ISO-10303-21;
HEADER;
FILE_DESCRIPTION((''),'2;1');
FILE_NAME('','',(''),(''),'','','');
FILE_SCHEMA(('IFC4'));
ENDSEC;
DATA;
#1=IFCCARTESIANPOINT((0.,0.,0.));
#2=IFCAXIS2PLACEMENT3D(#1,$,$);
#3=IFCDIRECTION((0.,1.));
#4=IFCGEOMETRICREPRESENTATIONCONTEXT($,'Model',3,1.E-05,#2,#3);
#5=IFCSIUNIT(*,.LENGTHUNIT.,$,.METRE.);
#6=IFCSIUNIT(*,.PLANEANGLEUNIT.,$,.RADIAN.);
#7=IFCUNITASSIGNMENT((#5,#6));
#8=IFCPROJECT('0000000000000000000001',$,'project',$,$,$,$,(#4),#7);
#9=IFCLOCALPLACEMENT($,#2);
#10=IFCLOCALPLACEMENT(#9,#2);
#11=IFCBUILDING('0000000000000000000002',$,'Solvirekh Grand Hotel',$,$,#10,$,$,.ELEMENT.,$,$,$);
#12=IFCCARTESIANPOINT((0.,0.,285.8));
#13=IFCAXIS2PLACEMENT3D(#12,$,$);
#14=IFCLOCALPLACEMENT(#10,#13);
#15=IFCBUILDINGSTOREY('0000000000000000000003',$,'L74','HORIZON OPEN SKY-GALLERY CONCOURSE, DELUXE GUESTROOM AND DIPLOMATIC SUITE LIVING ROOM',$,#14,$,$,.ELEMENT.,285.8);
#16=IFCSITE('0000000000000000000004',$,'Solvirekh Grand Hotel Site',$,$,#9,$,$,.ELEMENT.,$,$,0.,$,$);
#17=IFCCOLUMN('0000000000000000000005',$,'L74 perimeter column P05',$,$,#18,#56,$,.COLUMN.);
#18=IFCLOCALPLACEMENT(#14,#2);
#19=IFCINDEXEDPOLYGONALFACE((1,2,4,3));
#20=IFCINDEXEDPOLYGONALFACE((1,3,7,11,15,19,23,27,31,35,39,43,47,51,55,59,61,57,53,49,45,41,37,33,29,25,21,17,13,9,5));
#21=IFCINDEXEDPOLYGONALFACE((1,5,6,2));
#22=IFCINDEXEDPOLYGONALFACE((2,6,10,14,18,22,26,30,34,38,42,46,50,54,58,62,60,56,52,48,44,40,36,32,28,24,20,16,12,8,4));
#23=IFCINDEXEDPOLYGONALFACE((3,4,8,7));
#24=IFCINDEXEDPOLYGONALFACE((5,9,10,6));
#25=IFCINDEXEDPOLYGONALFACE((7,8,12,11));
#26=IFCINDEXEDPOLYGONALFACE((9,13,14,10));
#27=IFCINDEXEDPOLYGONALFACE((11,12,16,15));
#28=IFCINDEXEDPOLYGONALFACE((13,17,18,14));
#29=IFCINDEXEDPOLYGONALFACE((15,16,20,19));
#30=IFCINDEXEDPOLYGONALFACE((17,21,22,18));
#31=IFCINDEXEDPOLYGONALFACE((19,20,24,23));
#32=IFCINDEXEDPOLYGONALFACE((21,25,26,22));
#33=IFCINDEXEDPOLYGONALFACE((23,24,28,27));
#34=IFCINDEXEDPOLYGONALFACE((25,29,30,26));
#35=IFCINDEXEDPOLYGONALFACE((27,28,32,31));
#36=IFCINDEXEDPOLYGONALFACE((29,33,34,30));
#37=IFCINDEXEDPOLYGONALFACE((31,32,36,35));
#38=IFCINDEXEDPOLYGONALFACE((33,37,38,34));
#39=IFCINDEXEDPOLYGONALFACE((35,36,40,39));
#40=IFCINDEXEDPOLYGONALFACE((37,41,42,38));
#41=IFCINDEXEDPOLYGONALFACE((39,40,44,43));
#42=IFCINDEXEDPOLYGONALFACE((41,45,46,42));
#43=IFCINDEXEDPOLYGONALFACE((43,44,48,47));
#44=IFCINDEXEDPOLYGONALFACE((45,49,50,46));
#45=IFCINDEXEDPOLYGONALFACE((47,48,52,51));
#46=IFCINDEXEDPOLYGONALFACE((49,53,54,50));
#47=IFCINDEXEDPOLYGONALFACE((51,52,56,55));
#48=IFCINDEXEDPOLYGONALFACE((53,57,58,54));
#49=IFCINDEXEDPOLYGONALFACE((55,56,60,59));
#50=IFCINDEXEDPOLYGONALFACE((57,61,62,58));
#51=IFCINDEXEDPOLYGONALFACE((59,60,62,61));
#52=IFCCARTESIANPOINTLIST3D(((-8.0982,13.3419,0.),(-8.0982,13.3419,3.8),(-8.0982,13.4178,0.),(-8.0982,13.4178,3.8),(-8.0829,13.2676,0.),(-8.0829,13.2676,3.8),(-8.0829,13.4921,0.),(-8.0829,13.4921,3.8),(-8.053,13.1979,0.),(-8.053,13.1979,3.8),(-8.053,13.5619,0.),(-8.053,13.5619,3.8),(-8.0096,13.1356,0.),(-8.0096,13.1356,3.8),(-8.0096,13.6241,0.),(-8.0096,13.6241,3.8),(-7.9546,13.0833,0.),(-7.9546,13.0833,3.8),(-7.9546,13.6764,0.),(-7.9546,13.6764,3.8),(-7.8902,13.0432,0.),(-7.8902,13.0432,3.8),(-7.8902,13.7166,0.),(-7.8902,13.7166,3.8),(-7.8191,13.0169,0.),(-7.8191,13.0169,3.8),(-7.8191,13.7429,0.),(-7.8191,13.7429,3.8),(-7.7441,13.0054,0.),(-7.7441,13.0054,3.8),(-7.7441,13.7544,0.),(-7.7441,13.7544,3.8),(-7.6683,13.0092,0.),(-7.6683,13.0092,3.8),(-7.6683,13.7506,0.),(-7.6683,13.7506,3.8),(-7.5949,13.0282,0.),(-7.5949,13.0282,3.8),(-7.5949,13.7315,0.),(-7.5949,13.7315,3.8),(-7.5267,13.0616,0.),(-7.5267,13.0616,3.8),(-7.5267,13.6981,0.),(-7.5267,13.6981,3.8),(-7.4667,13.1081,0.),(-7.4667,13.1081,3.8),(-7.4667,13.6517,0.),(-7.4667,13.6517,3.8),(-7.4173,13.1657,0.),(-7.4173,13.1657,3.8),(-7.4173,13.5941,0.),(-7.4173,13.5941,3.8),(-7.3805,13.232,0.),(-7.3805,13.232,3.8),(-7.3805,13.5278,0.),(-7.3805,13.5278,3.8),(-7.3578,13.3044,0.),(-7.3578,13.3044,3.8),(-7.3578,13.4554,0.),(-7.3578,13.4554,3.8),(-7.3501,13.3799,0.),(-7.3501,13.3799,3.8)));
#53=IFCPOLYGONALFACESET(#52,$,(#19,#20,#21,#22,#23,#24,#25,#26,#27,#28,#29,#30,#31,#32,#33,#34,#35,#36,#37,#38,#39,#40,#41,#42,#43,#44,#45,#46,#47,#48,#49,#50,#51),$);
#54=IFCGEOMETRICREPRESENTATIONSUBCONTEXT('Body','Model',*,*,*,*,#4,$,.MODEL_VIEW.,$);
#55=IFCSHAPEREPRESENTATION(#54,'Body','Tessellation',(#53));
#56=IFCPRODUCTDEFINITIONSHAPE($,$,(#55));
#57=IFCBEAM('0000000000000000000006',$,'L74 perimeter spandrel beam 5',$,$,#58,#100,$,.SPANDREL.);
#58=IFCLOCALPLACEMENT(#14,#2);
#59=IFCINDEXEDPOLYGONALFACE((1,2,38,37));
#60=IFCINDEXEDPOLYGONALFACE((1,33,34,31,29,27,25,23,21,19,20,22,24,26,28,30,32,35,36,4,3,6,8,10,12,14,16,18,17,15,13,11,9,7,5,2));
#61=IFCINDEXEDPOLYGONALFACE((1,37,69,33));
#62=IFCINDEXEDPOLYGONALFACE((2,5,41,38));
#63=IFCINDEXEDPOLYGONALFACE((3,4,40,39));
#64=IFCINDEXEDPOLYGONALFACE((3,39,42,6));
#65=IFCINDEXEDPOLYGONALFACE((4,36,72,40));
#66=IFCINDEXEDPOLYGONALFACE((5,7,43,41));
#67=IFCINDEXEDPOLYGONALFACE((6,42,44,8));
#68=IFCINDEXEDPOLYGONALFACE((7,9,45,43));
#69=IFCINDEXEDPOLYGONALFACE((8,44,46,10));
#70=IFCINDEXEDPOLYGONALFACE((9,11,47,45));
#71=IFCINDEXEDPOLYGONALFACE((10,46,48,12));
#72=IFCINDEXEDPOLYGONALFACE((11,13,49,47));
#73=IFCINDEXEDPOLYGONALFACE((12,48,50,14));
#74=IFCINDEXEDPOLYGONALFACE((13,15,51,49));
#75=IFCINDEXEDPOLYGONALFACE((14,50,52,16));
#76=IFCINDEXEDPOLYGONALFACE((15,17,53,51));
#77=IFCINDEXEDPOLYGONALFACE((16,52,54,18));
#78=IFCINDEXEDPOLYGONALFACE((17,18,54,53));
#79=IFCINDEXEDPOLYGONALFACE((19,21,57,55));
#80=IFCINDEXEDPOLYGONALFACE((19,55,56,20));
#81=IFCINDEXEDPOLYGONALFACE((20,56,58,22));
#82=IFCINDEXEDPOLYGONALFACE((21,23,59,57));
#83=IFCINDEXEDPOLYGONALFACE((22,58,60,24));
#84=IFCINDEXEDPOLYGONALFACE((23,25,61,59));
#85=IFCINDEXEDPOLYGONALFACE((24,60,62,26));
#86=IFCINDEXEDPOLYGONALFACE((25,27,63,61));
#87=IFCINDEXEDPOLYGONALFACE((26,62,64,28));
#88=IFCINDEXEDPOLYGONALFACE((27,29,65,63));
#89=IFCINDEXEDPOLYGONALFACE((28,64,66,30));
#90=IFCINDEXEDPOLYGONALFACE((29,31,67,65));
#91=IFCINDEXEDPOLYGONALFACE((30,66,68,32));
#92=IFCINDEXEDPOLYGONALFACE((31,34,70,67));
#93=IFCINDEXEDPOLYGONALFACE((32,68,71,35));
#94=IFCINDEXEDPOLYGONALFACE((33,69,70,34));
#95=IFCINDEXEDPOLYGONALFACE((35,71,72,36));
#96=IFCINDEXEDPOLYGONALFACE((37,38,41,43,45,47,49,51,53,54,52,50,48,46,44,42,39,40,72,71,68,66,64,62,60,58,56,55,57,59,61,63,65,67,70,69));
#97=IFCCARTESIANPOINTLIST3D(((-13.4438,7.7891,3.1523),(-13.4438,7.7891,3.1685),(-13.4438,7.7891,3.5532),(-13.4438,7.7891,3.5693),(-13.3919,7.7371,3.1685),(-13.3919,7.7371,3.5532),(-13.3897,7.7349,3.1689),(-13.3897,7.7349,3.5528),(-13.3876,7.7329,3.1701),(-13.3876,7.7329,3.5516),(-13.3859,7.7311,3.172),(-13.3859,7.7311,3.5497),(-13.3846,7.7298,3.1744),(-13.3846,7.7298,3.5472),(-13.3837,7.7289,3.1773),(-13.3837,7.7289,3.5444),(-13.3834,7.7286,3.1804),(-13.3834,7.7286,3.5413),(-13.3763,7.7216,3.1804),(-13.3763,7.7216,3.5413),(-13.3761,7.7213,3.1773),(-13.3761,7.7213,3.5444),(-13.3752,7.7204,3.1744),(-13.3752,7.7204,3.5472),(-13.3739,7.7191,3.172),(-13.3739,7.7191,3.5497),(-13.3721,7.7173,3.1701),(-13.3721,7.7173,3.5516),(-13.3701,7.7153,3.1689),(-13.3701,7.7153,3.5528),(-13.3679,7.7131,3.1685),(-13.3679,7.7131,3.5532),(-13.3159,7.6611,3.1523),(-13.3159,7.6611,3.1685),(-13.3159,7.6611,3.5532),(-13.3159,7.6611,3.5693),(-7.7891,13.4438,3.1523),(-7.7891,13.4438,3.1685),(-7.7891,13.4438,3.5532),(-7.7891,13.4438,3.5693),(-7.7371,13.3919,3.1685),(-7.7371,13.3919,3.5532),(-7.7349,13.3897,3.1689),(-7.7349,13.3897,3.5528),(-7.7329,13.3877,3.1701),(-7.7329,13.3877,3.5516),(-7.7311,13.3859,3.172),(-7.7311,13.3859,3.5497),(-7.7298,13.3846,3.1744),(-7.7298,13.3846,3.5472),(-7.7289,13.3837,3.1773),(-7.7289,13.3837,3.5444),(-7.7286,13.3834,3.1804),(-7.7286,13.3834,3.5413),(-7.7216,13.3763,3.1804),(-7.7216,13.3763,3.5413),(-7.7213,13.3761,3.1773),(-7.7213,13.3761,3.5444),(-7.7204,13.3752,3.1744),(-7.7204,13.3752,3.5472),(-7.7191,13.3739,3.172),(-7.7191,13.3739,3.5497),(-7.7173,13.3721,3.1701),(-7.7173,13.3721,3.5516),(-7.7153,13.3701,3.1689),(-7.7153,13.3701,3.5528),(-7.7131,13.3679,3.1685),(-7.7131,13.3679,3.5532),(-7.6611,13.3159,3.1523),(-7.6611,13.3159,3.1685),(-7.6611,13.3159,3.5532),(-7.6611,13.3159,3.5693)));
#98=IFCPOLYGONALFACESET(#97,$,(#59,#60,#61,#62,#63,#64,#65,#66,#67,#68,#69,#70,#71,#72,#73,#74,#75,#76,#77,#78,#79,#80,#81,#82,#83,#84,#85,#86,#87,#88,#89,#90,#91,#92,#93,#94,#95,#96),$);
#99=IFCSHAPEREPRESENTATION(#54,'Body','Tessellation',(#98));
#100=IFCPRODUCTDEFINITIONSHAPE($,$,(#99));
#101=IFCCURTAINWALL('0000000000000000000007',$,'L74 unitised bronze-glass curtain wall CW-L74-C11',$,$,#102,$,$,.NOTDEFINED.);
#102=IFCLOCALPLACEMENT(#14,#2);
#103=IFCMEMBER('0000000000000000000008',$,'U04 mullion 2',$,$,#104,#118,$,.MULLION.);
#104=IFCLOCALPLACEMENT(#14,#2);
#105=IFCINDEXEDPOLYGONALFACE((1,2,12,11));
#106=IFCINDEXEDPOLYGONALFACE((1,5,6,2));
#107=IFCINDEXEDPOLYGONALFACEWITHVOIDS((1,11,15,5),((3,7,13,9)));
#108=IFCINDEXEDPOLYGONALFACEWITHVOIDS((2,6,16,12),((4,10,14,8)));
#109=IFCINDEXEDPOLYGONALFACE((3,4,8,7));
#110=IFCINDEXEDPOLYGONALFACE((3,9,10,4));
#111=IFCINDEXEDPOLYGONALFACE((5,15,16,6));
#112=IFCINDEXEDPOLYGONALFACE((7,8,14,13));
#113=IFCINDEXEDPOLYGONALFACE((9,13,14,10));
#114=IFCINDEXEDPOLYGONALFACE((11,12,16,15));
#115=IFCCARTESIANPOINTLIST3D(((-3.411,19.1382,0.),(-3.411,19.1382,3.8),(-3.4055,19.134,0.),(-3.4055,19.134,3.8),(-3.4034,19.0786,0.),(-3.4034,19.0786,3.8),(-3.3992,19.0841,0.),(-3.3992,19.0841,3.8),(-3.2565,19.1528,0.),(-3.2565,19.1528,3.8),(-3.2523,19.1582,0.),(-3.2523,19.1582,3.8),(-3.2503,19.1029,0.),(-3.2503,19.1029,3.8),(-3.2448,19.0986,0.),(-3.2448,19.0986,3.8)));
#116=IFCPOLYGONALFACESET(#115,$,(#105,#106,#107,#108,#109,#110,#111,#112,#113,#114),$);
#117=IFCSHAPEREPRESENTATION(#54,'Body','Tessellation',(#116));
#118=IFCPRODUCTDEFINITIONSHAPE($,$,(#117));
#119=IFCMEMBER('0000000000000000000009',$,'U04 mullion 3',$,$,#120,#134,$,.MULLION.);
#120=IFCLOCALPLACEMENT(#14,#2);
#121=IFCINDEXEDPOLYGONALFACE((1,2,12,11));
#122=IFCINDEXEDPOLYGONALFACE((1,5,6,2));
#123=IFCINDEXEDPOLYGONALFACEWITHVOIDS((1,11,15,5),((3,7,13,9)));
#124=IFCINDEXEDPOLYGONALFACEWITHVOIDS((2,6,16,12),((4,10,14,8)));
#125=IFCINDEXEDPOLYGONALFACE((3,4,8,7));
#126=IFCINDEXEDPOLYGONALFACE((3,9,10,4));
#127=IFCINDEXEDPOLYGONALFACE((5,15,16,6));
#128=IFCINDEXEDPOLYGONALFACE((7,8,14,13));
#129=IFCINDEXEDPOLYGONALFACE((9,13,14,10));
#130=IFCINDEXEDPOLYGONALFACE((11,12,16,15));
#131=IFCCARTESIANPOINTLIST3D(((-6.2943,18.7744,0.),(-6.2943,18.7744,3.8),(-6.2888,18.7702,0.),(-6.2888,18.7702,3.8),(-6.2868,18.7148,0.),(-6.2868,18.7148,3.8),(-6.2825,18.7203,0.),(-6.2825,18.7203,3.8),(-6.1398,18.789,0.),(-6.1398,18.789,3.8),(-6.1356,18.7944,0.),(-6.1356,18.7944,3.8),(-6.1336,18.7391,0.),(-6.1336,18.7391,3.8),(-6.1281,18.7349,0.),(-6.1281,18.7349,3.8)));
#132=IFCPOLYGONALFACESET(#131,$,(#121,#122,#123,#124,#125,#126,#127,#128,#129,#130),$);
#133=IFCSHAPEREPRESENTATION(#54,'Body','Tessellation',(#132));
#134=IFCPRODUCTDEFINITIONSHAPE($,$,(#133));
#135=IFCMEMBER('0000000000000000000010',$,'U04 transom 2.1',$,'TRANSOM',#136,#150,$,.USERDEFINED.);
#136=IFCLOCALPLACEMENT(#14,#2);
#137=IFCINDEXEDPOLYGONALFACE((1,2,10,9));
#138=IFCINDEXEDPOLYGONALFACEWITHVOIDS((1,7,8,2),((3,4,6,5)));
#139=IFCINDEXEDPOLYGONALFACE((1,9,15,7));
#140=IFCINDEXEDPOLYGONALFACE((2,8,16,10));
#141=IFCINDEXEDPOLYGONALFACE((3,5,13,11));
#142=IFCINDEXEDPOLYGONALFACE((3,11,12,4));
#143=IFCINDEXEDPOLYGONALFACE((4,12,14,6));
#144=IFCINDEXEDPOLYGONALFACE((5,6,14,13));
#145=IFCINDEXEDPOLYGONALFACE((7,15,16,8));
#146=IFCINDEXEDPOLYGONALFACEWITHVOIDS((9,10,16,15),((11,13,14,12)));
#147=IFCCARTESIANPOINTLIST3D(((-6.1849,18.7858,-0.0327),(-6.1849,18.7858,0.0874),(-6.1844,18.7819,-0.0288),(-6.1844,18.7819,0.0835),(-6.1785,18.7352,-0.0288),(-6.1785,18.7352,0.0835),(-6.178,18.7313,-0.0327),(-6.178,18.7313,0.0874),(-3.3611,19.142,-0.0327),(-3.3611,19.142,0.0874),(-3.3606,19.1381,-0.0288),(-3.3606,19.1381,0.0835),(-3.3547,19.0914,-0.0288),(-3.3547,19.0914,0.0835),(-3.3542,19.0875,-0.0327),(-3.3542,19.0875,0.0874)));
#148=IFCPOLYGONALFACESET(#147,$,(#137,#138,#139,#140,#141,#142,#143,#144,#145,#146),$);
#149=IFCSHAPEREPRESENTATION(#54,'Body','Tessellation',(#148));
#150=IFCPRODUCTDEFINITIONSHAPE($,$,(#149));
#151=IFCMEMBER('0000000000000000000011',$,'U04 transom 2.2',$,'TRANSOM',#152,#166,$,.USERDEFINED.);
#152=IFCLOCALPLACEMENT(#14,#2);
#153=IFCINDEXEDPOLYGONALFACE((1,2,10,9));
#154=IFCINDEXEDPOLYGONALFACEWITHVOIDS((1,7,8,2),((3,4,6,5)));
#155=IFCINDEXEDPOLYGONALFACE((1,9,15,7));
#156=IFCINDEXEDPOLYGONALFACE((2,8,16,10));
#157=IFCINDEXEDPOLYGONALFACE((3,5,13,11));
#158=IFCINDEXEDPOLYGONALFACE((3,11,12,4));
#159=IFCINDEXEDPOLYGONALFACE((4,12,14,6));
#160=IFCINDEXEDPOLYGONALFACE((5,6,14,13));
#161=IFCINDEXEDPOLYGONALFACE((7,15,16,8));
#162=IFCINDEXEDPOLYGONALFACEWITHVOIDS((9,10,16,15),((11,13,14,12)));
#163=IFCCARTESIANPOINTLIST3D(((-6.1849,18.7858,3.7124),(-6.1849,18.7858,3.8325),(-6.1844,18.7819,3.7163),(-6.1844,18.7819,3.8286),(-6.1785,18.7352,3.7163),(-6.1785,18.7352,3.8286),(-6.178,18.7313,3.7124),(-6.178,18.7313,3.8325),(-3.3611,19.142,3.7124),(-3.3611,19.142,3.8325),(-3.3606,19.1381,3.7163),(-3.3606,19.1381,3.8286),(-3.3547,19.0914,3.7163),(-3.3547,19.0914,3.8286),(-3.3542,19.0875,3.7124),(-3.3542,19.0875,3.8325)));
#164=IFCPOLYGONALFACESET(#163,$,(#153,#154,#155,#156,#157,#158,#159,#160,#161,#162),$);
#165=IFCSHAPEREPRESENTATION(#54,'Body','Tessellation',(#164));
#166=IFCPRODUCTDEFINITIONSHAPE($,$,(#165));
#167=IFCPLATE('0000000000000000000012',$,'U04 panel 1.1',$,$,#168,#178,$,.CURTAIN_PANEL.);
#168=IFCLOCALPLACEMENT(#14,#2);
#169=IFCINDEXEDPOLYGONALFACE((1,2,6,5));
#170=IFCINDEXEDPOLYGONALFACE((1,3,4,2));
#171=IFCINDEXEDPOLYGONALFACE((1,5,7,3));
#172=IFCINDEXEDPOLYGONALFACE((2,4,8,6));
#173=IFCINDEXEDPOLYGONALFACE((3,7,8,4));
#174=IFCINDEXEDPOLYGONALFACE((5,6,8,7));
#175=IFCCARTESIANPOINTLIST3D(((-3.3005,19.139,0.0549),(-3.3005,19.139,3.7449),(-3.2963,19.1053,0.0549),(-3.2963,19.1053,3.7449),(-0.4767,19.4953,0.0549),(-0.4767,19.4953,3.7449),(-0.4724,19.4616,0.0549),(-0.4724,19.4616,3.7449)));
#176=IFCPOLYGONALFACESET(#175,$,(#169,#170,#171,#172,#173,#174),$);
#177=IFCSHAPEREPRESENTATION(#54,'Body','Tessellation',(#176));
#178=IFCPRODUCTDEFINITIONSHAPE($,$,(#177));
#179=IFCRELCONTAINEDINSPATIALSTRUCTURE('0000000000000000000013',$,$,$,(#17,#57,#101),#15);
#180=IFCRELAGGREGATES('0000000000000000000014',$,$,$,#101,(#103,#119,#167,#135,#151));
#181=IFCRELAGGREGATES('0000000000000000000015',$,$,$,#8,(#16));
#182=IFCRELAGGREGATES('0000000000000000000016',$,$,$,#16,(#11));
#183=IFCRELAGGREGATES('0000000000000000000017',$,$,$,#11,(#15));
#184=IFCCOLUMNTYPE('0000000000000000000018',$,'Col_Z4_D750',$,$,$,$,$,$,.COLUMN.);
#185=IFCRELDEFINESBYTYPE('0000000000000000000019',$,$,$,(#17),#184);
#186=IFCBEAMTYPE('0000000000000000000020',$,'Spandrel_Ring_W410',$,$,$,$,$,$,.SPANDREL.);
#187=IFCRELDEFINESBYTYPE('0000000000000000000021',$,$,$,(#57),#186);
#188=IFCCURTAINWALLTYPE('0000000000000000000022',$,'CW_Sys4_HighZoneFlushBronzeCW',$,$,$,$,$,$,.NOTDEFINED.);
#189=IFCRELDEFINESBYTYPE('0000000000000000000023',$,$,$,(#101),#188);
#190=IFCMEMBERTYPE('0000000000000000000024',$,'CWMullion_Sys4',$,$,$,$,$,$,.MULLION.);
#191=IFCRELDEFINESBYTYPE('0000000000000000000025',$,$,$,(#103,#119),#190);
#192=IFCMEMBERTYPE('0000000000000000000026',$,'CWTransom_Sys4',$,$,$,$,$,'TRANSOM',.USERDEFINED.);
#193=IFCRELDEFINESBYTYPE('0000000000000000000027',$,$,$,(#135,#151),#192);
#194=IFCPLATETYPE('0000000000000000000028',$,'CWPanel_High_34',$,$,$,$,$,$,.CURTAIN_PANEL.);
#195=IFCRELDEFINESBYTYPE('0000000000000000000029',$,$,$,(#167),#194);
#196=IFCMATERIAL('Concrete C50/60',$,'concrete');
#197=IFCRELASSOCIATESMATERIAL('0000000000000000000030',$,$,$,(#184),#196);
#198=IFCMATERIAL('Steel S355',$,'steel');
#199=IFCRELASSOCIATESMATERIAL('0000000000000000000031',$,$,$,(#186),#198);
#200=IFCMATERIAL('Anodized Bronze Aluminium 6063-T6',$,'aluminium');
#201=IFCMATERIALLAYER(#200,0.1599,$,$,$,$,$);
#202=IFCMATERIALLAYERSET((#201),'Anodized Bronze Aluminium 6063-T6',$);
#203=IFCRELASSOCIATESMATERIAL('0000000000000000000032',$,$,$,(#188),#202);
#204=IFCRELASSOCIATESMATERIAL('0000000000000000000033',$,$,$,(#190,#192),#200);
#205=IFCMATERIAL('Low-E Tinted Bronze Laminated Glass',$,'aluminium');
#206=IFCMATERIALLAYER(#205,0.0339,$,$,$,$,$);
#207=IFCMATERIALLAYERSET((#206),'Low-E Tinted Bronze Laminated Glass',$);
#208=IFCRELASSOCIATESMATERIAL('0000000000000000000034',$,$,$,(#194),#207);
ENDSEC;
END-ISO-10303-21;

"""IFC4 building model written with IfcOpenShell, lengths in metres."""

from ifc_helpers import new_model, si_unit, direction, frame, origin, origin_2d, place, context, subcontext, project, spatial, rectangle, hollow_rectangle, circle, i_section, extrude, source, transform, mapped, material, layer, layer_set, material_profile, profile_set, type_object, element, aggregate, save


model = new_model("IFC4")

# Units and contexts
model_context = context("Model", 3, precision=1e-05, world=origin(), true_north=direction((0.0, 1.0)))
body_context = subcontext(model_context, "Body", "Model", "MODEL_VIEW")
ifc_project = project(units=[si_unit("LENGTHUNIT", "METRE"), si_unit("PLANEANGLEUNIT", "RADIAN")], contexts=[model_context])

# Site, building, storey
site_placement = place(None, origin())
site = spatial("IfcSite", under=ifc_project, at=site_placement, Name="Solvirekh Grand Hotel Site", CompositionType="ELEMENT", RefElevation=0.0)
building_placement = place(site_placement, origin())
building = spatial("IfcBuilding", under=site, at=building_placement, Name="Solvirekh Grand Hotel", CompositionType="ELEMENT")
storey_placement = place(building_placement, frame((0.0, 0.0, 285.8)))
storey = spatial("IfcBuildingStorey", under=building, at=storey_placement, Name="L74", Description="HORIZON OPEN SKY-GALLERY CONCOURSE, DELUXE GUESTROOM AND DIPLOMATIC SUITE LIVING ROOM", CompositionType="ELEMENT", Elevation=285.8)

# Column
ifc_material_1 = material(Name="Concrete C50/60", Category="concrete")
ifc_material_profile_1 = material_profile(ifc_material_1, circle(Radius=0.375, at=origin_2d()), Name="RC CIRC D750")
ifc_profile_set_1 = profile_set([ifc_material_profile_1], Name="Concrete C50/60")
column_type = type_object("IfcColumnType", Name="Col_Z4_D750", PredefinedType="COLUMN", material=ifc_profile_set_1)
column_placement = place(storey_placement, frame((-7.7251, 13.3799, 0.0), z_axis=(0.0, 0.0, 1.0), x_axis=(1.0, 0.0, 0.0)))
element("IfcColumn", 1, at=column_placement, inside=storey, type_object=column_type, Name="L74 perimeter column P05", PredefinedType="COLUMN", context=body_context, shape_type="SweptSolid", body=[
    extrude(circle(Radius=0.375, at=origin_2d()), origin(), (0.0, 0.0, 1.0), 3.8),
])

# Beam
ifc_material_2 = material(Name="Steel S355", Category="steel")
ifc_material_profile_2 = material_profile(ifc_material_2, i_section(OverallWidth=0.1809, OverallDepth=0.417, WebThickness=0.01, FlangeThickness=0.0161, FilletRadius=0.012, at=origin_2d()), Name="W410X85")
ifc_profile_set_2 = profile_set([ifc_material_profile_2], Name="Steel S355")
beam_type = type_object("IfcBeamType", Name="Spandrel_Ring_W410", PredefinedType="SPANDREL", material=ifc_profile_set_2)
beam_placement = place(storey_placement, frame((-7.7251, 13.3799, 3.3608), z_axis=(-0.707107, -0.707107, 0.0), x_axis=(0.707107, -0.707107, 0.0)))
element("IfcBeam", 2, at=beam_placement, inside=storey, type_object=beam_type, Name="L74 perimeter spandrel beam 5", PredefinedType="SPANDREL", context=body_context, shape_type="SweptSolid", body=[
    extrude(i_section(OverallWidth=0.1809, OverallDepth=0.417, WebThickness=0.01, FlangeThickness=0.0161, FilletRadius=0.012, at=origin_2d()), origin(), (0.0, 0.0, 1.0), 7.9971),
])

# Curtain wall, members, plate
ifc_material_3 = material(Name="Anodized Bronze Aluminium 6063-T6", Category="aluminium")
ifc_layer_1 = layer(ifc_material_3, 0.1599)
ifc_layer_set_1 = layer_set([ifc_layer_1], Name="Anodized Bronze Aluminium 6063-T6")
curtain_wall_type = type_object("IfcCurtainWallType", Name="CW_Sys4_HighZoneFlushBronzeCW", PredefinedType="NOTDEFINED", material=ifc_layer_set_1)
curtain_wall_placement = place(storey_placement, origin())
curtain_wall = element("IfcCurtainWall", 3, at=curtain_wall_placement, inside=storey, type_object=curtain_wall_type, Name="L74 unitised bronze-glass curtain wall CW-L74-C11", PredefinedType="NOTDEFINED")
ifc_material_profile_3 = material_profile(ifc_material_3, hollow_rectangle(XDim=0.0601, YDim=0.1599, WallThickness=0.0049, at=origin_2d()), Name="ALU RHS 160X60X5")
ifc_profile_set_3 = profile_set([ifc_material_profile_3], Name="Anodized Bronze Aluminium 6063-T6")
member_type_1 = type_object("IfcMemberType", Name="CWMullion_Sys4", PredefinedType="MULLION", material=ifc_profile_set_3)
shared_shape_1 = source(origin(), body_context, "Body", "SweptSolid", [
    extrude(hollow_rectangle(XDim=0.0601, YDim=0.1599, WallThickness=0.0049, at=origin_2d()), origin(), (0.0, 0.0, 1.0), 3.8),
])
member_1_placement = place(storey_placement, frame((-3.3279, 19.1184, 0.0), z_axis=(0.0, 0.0, 1.0), x_axis=(0.125166, -0.992136, 0.0)))
member_1 = element("IfcMember", 4, at=member_1_placement, type_object=member_type_1, Name="U04 mullion 2", PredefinedType="MULLION", context=body_context, shape_type="MappedRepresentation", body=[
    mapped(shared_shape_1, transform((0.0, 0.0, 0.0), x_axis=(1.0, 0.0, 0.0), y_axis=(0.0, 1.0, 0.0), z_axis=(0.0, 0.0, 1.0), scale=1.0)),
])
member_2_placement = place(storey_placement, frame((-6.2112, 18.7546, 0.0), z_axis=(0.0, 0.0, 1.0), x_axis=(0.125166, -0.992136, 0.0)))
member_2 = element("IfcMember", 5, at=member_2_placement, type_object=member_type_1, Name="U04 mullion 3", PredefinedType="MULLION", context=body_context, shape_type="MappedRepresentation", body=[
    mapped(shared_shape_1, transform((0.0, 0.0, 0.0), x_axis=(1.0, 0.0, 0.0), y_axis=(0.0, 1.0, 0.0), z_axis=(0.0, 0.0, 1.0), scale=1.0)),
])
ifc_material_profile_4 = material_profile(ifc_material_3, hollow_rectangle(XDim=0.0549, YDim=0.1201, WallThickness=0.0039, at=origin_2d()), Name="ALU RHS 120X55X4")
ifc_profile_set_4 = profile_set([ifc_material_profile_4], Name="Anodized Bronze Aluminium 6063-T6")
member_type_2 = type_object("IfcMemberType", Name="CWTransom_Sys4", ElementType="TRANSOM", PredefinedType="USERDEFINED", material=ifc_profile_set_4)
shared_shape_2 = source(origin(), body_context, "Body", "SweptSolid", [
    extrude(hollow_rectangle(XDim=0.0549, YDim=0.1201, WallThickness=0.0039, at=origin_2d()), origin(), (0.0, 0.0, 1.0), 2.8462),
])
member_3_placement = place(storey_placement, frame((-3.3577, 19.1147, 0.0273), z_axis=(-0.992137, -0.125154, 0.0), x_axis=(0.125154, -0.992137, 0.0)))
member_3 = element("IfcMember", 6, at=member_3_placement, type_object=member_type_2, Name="U04 transom 2.1", ObjectType="TRANSOM", PredefinedType="USERDEFINED", context=body_context, shape_type="MappedRepresentation", body=[
    mapped(shared_shape_2, transform((0.0, 0.0, 0.0), x_axis=(1.0, 0.0, 0.0), y_axis=(0.0, 1.0, 0.0), z_axis=(0.0, 0.0, 1.0), scale=1.0)),
])
member_4_placement = place(storey_placement, frame((-3.3577, 19.1147, 3.7725), z_axis=(-0.992137, -0.125154, 0.0), x_axis=(0.125154, -0.992137, 0.0)))
member_4 = element("IfcMember", 7, at=member_4_placement, type_object=member_type_2, Name="U04 transom 2.2", ObjectType="TRANSOM", PredefinedType="USERDEFINED", context=body_context, shape_type="MappedRepresentation", body=[
    mapped(shared_shape_2, transform((0.0, 0.0, 0.0), x_axis=(1.0, 0.0, 0.0), y_axis=(0.0, 1.0, 0.0), z_axis=(0.0, 0.0, 1.0), scale=1.0)),
])
ifc_material_4 = material(Name="Low-E Tinted Bronze Laminated Glass", Category="aluminium")
ifc_layer_2 = layer(ifc_material_4, 0.0339)
ifc_layer_set_2 = layer_set([ifc_layer_2], Name="Low-E Tinted Bronze Laminated Glass")
plate_type = type_object("IfcPlateType", Name="CWPanel_High_34", PredefinedType="CURTAIN_PANEL", material=ifc_layer_set_2)
shared_shape_3 = source(origin(), body_context, "Body", "SweptSolid", [
    extrude(rectangle(XDim=2.8462, YDim=0.0339, at=origin_2d()), origin(), (0.0, 0.0, 1.0), 3.6899),
])
plate_1_placement = place(storey_placement, frame((-1.8865, 19.3003, 0.0549), z_axis=(0.0, 0.0, 1.0), x_axis=(-0.992136, -0.125166, 0.0)))
plate_1 = element("IfcPlate", 8, at=plate_1_placement, type_object=plate_type, Name="U04 panel 1.1", PredefinedType="CURTAIN_PANEL", context=body_context, shape_type="MappedRepresentation", body=[
    mapped(shared_shape_3, transform((0.0, 0.0, 0.0), x_axis=(1.0, 0.0, 0.0), y_axis=(0.0, 1.0, 0.0), z_axis=(0.0, 0.0, 1.0), scale=1.0)),
])
aggregate(curtain_wall, [member_1, member_2, plate_1, member_3, member_4])

save(model, "model.ifc")
